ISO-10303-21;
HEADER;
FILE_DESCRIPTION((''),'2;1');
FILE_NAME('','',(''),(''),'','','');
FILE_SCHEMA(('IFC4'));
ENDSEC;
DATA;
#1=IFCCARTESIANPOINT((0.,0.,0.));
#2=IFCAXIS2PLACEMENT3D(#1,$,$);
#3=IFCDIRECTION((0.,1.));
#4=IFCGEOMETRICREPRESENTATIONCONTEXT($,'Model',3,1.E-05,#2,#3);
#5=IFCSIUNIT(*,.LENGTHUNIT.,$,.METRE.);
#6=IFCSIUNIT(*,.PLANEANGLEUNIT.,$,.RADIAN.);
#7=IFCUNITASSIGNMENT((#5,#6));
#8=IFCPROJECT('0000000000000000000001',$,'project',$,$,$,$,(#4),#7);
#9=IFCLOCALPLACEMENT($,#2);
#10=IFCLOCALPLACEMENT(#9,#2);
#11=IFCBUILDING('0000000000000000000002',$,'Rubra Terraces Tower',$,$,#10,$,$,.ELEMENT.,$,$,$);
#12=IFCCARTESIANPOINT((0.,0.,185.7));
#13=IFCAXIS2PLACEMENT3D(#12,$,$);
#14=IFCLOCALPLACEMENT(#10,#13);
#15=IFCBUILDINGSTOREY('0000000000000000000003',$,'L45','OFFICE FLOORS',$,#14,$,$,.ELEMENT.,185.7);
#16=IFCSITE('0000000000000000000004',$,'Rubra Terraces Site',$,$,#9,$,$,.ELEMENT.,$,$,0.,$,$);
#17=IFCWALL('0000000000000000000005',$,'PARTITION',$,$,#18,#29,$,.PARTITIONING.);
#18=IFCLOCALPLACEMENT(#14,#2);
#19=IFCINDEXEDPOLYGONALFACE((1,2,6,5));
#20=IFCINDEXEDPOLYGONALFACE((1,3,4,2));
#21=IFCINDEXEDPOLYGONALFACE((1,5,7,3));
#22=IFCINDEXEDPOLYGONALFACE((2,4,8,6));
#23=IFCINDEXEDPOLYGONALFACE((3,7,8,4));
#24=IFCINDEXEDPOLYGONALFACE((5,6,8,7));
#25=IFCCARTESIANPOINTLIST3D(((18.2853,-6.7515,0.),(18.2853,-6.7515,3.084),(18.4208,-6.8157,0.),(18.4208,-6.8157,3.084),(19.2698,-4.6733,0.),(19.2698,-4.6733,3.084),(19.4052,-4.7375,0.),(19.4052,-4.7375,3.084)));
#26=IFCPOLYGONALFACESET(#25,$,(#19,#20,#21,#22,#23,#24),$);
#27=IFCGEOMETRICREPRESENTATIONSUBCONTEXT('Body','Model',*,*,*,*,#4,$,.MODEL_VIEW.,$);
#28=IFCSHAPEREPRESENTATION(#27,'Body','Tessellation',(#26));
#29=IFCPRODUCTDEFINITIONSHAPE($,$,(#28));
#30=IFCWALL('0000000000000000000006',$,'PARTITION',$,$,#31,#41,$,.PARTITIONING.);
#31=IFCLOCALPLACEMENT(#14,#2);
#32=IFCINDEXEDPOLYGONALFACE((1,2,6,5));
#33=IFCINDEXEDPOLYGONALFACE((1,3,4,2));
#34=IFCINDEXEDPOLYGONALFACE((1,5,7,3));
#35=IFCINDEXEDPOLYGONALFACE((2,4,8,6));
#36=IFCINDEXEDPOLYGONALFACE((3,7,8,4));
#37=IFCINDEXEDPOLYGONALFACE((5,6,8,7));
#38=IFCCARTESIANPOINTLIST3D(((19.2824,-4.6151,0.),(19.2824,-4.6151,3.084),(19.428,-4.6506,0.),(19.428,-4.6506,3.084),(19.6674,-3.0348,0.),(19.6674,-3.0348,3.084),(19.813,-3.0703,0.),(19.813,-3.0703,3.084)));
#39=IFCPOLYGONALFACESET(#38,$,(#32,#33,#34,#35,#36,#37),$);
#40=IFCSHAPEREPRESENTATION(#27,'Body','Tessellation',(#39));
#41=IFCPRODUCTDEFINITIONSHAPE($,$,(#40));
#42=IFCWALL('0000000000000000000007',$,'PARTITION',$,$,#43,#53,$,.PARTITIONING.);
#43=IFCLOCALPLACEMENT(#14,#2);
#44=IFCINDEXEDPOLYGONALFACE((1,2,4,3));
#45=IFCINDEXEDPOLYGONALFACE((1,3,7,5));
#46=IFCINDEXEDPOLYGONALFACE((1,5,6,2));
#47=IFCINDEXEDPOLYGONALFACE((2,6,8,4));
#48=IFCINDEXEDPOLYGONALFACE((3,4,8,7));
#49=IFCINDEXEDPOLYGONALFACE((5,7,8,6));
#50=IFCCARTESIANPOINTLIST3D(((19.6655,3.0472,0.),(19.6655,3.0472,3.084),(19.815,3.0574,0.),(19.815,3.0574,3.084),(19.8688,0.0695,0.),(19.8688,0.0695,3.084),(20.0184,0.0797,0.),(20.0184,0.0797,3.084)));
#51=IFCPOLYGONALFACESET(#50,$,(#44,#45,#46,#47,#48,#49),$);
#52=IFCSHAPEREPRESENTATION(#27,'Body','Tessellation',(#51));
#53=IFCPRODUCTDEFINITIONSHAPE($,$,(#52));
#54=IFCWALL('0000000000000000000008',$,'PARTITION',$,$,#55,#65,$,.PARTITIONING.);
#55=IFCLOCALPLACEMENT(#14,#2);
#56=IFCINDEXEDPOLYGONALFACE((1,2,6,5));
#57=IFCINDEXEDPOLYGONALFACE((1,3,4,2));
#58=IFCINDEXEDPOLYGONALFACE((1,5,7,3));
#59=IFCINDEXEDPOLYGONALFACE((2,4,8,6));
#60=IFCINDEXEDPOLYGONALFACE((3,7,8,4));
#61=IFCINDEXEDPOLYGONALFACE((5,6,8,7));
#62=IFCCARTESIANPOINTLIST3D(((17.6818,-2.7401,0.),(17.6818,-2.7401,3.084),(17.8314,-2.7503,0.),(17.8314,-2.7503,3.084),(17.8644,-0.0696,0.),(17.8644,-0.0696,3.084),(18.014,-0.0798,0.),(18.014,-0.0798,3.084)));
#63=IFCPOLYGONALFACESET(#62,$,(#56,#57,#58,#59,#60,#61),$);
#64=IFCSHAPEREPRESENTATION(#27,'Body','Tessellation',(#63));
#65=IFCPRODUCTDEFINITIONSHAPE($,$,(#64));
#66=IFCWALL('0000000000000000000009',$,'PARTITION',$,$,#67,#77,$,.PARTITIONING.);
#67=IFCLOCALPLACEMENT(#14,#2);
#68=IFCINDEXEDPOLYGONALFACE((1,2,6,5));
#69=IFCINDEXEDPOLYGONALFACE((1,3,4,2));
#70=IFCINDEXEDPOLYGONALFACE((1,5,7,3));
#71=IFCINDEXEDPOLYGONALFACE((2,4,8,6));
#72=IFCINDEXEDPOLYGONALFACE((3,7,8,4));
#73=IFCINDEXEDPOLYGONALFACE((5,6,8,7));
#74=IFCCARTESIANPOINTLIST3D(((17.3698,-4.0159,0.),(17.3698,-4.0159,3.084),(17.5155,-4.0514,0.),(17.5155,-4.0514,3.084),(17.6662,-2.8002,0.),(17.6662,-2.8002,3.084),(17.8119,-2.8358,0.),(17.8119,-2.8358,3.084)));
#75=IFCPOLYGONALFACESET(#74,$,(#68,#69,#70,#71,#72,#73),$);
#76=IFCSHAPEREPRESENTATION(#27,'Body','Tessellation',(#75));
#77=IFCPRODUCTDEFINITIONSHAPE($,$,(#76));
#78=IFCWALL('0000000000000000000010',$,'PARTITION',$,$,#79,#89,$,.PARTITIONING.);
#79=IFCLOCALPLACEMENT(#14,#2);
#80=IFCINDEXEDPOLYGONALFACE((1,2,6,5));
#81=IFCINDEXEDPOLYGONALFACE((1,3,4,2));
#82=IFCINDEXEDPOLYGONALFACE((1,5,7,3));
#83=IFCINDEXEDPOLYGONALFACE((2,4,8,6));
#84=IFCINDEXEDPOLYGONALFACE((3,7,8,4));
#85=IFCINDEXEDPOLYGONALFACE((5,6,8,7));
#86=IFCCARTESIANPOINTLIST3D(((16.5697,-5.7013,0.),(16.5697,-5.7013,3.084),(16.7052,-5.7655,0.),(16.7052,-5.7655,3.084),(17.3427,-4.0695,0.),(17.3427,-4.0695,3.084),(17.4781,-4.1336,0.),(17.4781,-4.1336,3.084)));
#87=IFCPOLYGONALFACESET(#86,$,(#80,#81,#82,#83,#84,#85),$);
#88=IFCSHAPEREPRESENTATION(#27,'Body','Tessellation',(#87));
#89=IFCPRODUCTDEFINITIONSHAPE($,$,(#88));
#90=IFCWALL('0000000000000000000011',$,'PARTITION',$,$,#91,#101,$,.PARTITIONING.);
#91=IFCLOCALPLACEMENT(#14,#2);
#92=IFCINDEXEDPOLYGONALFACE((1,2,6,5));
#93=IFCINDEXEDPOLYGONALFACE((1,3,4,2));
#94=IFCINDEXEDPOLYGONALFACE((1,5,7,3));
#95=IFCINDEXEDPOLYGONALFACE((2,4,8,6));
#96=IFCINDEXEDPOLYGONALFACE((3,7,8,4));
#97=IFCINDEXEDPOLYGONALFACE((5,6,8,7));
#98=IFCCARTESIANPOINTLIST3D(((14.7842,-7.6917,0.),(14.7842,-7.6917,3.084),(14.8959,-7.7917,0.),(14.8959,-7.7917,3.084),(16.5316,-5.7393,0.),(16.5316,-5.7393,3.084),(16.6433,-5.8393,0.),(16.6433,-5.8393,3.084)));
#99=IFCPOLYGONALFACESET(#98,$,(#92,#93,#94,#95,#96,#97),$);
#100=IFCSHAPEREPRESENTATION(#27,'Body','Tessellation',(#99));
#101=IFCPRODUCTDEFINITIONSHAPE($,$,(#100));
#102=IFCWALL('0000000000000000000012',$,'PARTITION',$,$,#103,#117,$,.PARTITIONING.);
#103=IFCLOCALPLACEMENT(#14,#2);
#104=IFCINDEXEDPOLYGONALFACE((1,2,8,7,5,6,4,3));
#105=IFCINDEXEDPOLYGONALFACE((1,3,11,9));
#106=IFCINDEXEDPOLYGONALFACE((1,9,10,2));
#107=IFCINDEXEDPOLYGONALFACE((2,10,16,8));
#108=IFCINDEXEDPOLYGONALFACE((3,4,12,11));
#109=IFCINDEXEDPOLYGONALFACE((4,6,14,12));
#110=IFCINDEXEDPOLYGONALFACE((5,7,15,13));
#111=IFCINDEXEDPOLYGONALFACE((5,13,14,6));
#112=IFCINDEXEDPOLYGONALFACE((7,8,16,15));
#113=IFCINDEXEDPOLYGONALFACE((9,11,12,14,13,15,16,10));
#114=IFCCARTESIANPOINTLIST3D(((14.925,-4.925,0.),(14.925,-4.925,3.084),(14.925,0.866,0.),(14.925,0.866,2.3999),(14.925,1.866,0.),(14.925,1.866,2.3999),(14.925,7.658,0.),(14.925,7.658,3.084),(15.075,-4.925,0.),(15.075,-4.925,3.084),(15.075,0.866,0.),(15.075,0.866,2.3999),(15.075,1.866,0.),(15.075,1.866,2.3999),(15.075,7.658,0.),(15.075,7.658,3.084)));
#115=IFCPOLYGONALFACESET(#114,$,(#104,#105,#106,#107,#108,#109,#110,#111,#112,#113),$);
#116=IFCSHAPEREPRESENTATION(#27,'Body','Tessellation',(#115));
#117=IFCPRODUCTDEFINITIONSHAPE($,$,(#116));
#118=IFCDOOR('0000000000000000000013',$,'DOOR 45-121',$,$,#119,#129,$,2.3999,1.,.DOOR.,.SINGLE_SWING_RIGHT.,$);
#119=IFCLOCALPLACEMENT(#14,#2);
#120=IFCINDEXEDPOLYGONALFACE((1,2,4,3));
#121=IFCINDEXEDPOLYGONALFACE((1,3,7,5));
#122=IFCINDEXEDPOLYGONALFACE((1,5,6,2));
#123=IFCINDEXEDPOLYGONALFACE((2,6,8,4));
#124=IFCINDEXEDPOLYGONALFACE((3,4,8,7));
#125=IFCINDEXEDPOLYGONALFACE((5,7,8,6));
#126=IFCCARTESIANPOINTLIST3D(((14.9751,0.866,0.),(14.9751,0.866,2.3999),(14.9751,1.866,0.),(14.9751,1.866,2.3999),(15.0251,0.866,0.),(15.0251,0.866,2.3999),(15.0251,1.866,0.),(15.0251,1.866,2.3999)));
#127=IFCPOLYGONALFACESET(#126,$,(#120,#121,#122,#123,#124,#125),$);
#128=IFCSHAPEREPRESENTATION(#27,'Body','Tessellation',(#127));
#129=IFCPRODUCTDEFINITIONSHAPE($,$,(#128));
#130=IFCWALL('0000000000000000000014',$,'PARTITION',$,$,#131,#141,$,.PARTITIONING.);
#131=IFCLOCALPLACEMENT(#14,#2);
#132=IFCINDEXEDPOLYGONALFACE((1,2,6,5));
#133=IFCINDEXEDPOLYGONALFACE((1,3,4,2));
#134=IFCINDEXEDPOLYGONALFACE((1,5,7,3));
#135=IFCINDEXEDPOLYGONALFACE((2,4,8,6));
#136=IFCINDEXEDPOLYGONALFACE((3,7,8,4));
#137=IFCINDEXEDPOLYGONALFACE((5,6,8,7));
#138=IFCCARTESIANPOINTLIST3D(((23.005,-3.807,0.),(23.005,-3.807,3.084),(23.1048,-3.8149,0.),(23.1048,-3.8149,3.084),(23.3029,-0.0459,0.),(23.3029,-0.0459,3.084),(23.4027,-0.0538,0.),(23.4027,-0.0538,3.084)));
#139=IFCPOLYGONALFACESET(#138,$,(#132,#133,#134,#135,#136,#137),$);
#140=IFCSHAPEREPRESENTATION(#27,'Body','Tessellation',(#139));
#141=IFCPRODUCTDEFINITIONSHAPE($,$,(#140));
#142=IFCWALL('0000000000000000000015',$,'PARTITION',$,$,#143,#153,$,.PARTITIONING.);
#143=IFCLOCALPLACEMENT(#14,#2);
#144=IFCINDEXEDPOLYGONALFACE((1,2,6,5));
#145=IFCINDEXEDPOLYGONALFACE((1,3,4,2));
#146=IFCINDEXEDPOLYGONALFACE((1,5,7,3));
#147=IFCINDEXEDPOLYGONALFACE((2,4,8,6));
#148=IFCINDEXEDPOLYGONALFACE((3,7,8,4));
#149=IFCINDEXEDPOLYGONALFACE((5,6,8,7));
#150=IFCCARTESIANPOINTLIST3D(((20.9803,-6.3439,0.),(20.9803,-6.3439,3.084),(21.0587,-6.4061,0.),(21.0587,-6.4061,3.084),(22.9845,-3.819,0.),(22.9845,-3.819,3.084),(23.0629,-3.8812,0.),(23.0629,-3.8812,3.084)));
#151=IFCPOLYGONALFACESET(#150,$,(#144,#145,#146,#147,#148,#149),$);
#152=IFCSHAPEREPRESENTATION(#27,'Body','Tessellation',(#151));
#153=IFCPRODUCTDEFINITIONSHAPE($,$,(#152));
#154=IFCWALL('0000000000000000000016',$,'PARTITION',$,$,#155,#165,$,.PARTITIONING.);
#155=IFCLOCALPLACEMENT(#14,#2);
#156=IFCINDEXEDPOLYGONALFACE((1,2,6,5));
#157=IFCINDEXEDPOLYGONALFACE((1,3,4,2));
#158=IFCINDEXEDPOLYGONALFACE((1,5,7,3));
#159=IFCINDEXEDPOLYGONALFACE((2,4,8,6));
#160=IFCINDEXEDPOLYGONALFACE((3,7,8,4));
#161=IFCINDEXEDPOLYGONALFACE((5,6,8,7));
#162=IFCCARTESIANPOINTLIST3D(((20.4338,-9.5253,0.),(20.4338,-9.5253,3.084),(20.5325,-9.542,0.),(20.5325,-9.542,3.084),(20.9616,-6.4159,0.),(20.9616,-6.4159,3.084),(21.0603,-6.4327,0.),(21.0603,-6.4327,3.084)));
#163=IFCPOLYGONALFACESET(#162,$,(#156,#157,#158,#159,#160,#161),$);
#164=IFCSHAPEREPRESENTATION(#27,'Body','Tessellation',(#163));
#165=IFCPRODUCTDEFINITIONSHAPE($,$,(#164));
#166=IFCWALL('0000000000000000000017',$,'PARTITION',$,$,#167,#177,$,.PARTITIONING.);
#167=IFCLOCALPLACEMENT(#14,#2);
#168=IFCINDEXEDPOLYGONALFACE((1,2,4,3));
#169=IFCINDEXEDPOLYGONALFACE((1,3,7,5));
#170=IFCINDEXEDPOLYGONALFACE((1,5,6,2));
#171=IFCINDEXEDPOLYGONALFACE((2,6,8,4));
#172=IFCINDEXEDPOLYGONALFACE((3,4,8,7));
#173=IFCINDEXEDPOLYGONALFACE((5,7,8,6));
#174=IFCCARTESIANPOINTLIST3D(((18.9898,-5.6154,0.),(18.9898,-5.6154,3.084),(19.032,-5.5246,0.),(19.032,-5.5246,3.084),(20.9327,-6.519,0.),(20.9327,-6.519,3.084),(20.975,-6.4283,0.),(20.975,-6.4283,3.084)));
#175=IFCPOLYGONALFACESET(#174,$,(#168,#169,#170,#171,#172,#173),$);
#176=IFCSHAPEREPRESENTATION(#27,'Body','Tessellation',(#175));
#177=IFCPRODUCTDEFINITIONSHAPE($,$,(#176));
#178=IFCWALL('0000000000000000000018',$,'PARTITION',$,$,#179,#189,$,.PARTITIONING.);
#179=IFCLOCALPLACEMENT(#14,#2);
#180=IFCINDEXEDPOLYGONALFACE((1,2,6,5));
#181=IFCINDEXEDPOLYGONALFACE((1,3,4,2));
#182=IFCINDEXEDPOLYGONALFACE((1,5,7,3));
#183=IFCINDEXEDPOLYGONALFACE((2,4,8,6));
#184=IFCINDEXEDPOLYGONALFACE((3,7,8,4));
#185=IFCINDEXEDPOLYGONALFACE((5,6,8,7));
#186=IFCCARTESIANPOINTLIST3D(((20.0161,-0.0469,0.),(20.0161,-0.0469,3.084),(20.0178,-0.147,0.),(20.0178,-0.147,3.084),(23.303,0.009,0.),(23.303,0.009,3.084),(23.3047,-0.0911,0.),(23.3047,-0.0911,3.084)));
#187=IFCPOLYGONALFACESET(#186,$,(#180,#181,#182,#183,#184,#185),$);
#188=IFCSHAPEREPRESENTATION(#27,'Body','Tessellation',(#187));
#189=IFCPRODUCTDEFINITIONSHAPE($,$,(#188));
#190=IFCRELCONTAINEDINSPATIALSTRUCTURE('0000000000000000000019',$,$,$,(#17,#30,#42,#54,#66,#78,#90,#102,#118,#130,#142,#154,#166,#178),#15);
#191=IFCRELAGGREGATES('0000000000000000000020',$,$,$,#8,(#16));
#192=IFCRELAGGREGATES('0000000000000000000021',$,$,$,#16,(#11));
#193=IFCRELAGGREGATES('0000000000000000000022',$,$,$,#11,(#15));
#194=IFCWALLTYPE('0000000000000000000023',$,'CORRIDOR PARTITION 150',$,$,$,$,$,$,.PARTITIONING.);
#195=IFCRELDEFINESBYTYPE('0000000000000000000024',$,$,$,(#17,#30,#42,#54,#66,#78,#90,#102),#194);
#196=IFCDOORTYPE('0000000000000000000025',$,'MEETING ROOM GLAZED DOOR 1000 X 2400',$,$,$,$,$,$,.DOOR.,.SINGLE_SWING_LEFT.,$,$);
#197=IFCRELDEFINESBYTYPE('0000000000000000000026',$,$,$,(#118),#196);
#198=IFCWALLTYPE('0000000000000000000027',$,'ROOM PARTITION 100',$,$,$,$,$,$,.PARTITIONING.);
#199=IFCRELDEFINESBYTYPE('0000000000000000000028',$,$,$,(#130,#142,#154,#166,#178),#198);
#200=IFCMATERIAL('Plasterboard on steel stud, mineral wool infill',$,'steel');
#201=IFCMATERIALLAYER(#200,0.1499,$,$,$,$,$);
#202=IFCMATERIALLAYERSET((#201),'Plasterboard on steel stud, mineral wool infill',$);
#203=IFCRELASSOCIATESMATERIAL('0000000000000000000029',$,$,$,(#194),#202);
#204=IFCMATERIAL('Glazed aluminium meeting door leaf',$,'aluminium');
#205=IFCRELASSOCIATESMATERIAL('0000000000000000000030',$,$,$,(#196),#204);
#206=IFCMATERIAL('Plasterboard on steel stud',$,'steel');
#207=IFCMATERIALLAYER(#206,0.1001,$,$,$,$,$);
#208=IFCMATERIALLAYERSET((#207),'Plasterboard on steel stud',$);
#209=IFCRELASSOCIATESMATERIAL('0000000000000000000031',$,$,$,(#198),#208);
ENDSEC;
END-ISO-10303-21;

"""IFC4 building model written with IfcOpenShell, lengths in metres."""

from ifc_helpers import new_model, si_unit, direction, frame, frame_2d, origin, place, context, subcontext, project, spatial, rectangle, extrude, material, layer, layer_set, type_object, element, fill, save


model = new_model("IFC4")

# Units and contexts
model_context = context("Model", 3, precision=1e-05, world=origin(), true_north=direction((0.0, 1.0)))
body_context = subcontext(model_context, "Body", "Model", "MODEL_VIEW")
ifc_project = project(units=[si_unit("LENGTHUNIT", "METRE"), si_unit("PLANEANGLEUNIT", "RADIAN")], contexts=[model_context])

# Site, building, storey
site_placement = place(None, origin())
site = spatial("IfcSite", under=ifc_project, at=site_placement, Name="Rubra Terraces Site", CompositionType="ELEMENT", RefElevation=0.0)
building_placement = place(site_placement, origin())
building = spatial("IfcBuilding", under=site, at=building_placement, Name="Rubra Terraces Tower", CompositionType="ELEMENT")
storey_placement = place(building_placement, frame((0.0, 0.0, 185.7)))
storey = spatial("IfcBuildingStorey", under=building, at=storey_placement, Name="L45", Description="OFFICE FLOORS", CompositionType="ELEMENT", Elevation=185.7)

# Walls
ifc_material_1 = material(Name="Plasterboard on steel stud, mineral wool infill", Category="steel")
ifc_layer_1 = layer(ifc_material_1, 0.1499)
ifc_layer_set_1 = layer_set([ifc_layer_1], Name="Plasterboard on steel stud, mineral wool infill")
wall_type_1 = type_object("IfcWallType", Name="CORRIDOR PARTITION 150", PredefinedType="PARTITIONING", material=ifc_layer_set_1)
wall_1_placement = place(storey_placement, frame((18.353, -6.7837, 0.0), z_axis=(0.0, 0.0, 1.0), x_axis=(0.428086, 0.903738, 0.0)))
element("IfcWall", 1, at=wall_1_placement, inside=storey, type_object=wall_type_1, Name="PARTITION", PredefinedType="PARTITIONING", context=body_context, shape_type="SweptSolid", body=[
    extrude(rectangle(XDim=2.2996, YDim=0.1499, at=frame_2d((1.1499, 0.0))), origin(), (0.0, 0.0, 1.0), 3.084),
])
wall_2_placement = place(storey_placement, frame((19.3552, -4.6328, 0.0), z_axis=(0.0, 0.0, 1.0), x_axis=(0.236704, 0.971582, 0.0)))
element("IfcWall", 2, at=wall_2_placement, inside=storey, type_object=wall_type_1, Name="PARTITION", PredefinedType="PARTITIONING", context=body_context, shape_type="SweptSolid", body=[
    extrude(rectangle(XDim=1.6265, YDim=0.1499, at=frame_2d((0.8132, 0.0))), origin(), (0.0, 0.0, 1.0), 3.084),
])

# Shared definitions
ifc_material_2 = material(Name="Glazed aluminium meeting door leaf", Category="aluminium")
door_type = type_object("IfcDoorType", Name="MEETING ROOM GLAZED DOOR 1000 X 2400", OperationType="SINGLE_SWING_LEFT", PredefinedType="DOOR", material=ifc_material_2)

# Walls
wall_3_placement = place(storey_placement, frame((19.9436, 0.0747, 0.0), z_axis=(0.0, 0.0, 1.0), x_axis=(-0.068137, 0.997676, 0.0)))
element("IfcWall", 3, at=wall_3_placement, inside=storey, type_object=wall_type_1, Name="PARTITION", PredefinedType="PARTITIONING", context=body_context, shape_type="SweptSolid", body=[
    extrude(rectangle(XDim=2.9846, YDim=0.1499, at=frame_2d((1.4922, 0.0))), origin(), (0.0, 0.0, 1.0), 3.084),
])
wall_4_placement = place(storey_placement, frame((17.9392, -0.0747, 0.0), z_axis=(0.0, 0.0, 1.0), x_axis=(-0.068226, -0.99767, 0.0)))
element("IfcWall", 4, at=wall_4_placement, inside=storey, type_object=wall_type_1, Name="PARTITION", PredefinedType="PARTITIONING", context=body_context, shape_type="SweptSolid", body=[
    extrude(rectangle(XDim=2.6768, YDim=0.1499, at=frame_2d((1.3384, 0.0))), origin(), (0.0, 0.0, 1.0), 3.084),
])
wall_5_placement = place(storey_placement, frame((17.739, -2.8181, 0.0), z_axis=(0.0, 0.0, 1.0), x_axis=(-0.236884, -0.971538, 0.0)))
element("IfcWall", 5, at=wall_5_placement, inside=storey, type_object=wall_type_1, Name="PARTITION", PredefinedType="PARTITIONING", context=body_context, shape_type="SweptSolid", body=[
    extrude(rectangle(XDim=1.2512, YDim=0.1499, at=frame_2d((0.6255, 0.0))), origin(), (0.0, 0.0, 1.0), 3.084),
])
wall_6_placement = place(storey_placement, frame((17.4104, -4.1016, 0.0), z_axis=(0.0, 0.0, 1.0), x_axis=(-0.428075, -0.903743, 0.0)))
element("IfcWall", 6, at=wall_6_placement, inside=storey, type_object=wall_type_1, Name="PARTITION", PredefinedType="PARTITIONING", context=body_context, shape_type="SweptSolid", body=[
    extrude(rectangle(XDim=1.8057, YDim=0.1499, at=frame_2d((0.9028, 0.0))), origin(), (0.0, 0.0, 1.0), 3.084),
])
wall_7_placement = place(storey_placement, frame((16.5874, -5.7893, 0.0), z_axis=(0.0, 0.0, 1.0), x_axis=(-0.666887, -0.745158, 0.0)))
element("IfcWall", 7, at=wall_7_placement, inside=storey, type_object=wall_type_1, Name="PARTITION", PredefinedType="PARTITIONING", context=body_context, shape_type="SweptSolid", body=[
    extrude(rectangle(XDim=2.6201, YDim=0.1499, at=frame_2d((1.3101, 0.0))), origin(), (0.0, 0.0, 1.0), 3.084),
])

# Wall, opening, door
wall_8_placement = place(storey_placement, frame((15.0, -4.925, 0.0), z_axis=(0.0, 0.0, 1.0), x_axis=(0.0, 1.0, 0.0)))
wall_8 = element("IfcWall", 8, at=wall_8_placement, inside=storey, type_object=wall_type_1, Name="PARTITION", PredefinedType="PARTITIONING", context=body_context, shape_type="SweptSolid", body=[
    extrude(rectangle(XDim=12.583, YDim=0.1499, at=frame_2d((6.2915, 0.0))), origin(), (0.0, 0.0, 1.0), 3.084),
])
opening_1_placement = place(wall_8_placement, frame((5.791, 0.0, 0.0)))
opening_1 = element("IfcOpeningElement", 9, at=opening_1_placement, cuts=wall_8, PredefinedType="OPENING", context=body_context, shape_type="SweptSolid", body=[
    extrude(rectangle(XDim=1.0, YDim=2.3999, at=frame_2d((0.5, 1.2))), frame((0.0, 0.085, 0.0), z_axis=(0.0, -1.0, 0.0), x_axis=(1.0, 0.0, 0.0)), (0.0, 0.0, 1.0), 0.1699),
])
door_1_placement = place(opening_1_placement, origin())
door_1 = element("IfcDoor", 10, at=door_1_placement, inside=storey, type_object=door_type, Name="DOOR 45-121", OperationType="SINGLE_SWING_RIGHT", OverallHeight=2.3999, OverallWidth=1.0, PredefinedType="DOOR", context=body_context, shape_type="SweptSolid", body=[
    extrude(rectangle(XDim=1.0, YDim=2.3999, at=frame_2d((0.5, 1.2))), frame((0.0, 0.0249, 0.0), z_axis=(0.0, -1.0, 0.0), x_axis=(1.0, 0.0, 0.0)), (0.0, 0.0, 1.0), 0.05),
])
fill(opening_1, door_1)

# Walls
ifc_material_3 = material(Name="Plasterboard on steel stud", Category="steel")
ifc_layer_2 = layer(ifc_material_3, 0.1001)
ifc_layer_set_2 = layer_set([ifc_layer_2], Name="Plasterboard on steel stud")
wall_type_2 = type_object("IfcWallType", Name="ROOM PARTITION 100", PredefinedType="PARTITIONING", material=ifc_layer_set_2)
wall_9_placement = place(storey_placement, frame((23.3528, -0.0498, 0.0), z_axis=(0.0, 0.0, 1.0), x_axis=(-0.078943, -0.996879, 0.0)))
element("IfcWall", 11, at=wall_9_placement, inside=storey, type_object=wall_type_2, Name="PARTITION", PredefinedType="PARTITIONING", context=body_context, shape_type="SweptSolid", body=[
    extrude(rectangle(XDim=3.7729, YDim=0.1001, at=frame_2d((1.8865, 0.0))), origin(), (0.0, 0.0, 1.0), 3.084),
])
wall_10_placement = place(storey_placement, frame((23.0237, -3.8501, 0.0), z_axis=(0.0, 0.0, 1.0), x_axis=(-0.621707, -0.78325, 0.0)))
element("IfcWall", 12, at=wall_10_placement, inside=storey, type_object=wall_type_2, Name="PARTITION", PredefinedType="PARTITIONING", context=body_context, shape_type="SweptSolid", body=[
    extrude(rectangle(XDim=3.2236, YDim=0.1001, at=frame_2d((1.6118, 0.0))), origin(), (0.0, 0.0, 1.0), 3.084),
])
wall_11_placement = place(storey_placement, frame((21.011, -6.4243, 0.0), z_axis=(0.0, 0.0, 1.0), x_axis=(-0.167361, -0.985896, 0.0)))
element("IfcWall", 13, at=wall_11_placement, inside=storey, type_object=wall_type_2, Name="PARTITION", PredefinedType="PARTITIONING", context=body_context, shape_type="SweptSolid", body=[
    extrude(rectangle(XDim=3.1538, YDim=0.1001, at=frame_2d((1.5769, 0.0))), origin(), (0.0, 0.0, 1.0), 3.084),
])
wall_12_placement = place(storey_placement, frame((19.011, -5.5701, 0.0), z_axis=(0.0, 0.0, 1.0), x_axis=(0.906738, -0.421694, 0.0)))
element("IfcWall", 14, at=wall_12_placement, inside=storey, type_object=wall_type_2, Name="PARTITION", PredefinedType="PARTITIONING", context=body_context, shape_type="SweptSolid", body=[
    extrude(rectangle(XDim=2.1428, YDim=0.1001, at=frame_2d((1.0713, 0.0))), origin(), (0.0, 0.0, 1.0), 3.084),
])
wall_13_placement = place(storey_placement, frame((20.0171, -0.0969, 0.0), z_axis=(0.0, 0.0, 1.0), x_axis=(0.999855, 0.017007, 0.0)))
element("IfcWall", 15, at=wall_13_placement, inside=storey, type_object=wall_type_2, Name="PARTITION", PredefinedType="PARTITIONING", context=body_context, shape_type="SweptSolid", body=[
    extrude(rectangle(XDim=3.2874, YDim=0.1001, at=frame_2d((1.6436, 0.0))), origin(), (0.0, 0.0, 1.0), 3.084),
])

save(model, "model.ifc")
